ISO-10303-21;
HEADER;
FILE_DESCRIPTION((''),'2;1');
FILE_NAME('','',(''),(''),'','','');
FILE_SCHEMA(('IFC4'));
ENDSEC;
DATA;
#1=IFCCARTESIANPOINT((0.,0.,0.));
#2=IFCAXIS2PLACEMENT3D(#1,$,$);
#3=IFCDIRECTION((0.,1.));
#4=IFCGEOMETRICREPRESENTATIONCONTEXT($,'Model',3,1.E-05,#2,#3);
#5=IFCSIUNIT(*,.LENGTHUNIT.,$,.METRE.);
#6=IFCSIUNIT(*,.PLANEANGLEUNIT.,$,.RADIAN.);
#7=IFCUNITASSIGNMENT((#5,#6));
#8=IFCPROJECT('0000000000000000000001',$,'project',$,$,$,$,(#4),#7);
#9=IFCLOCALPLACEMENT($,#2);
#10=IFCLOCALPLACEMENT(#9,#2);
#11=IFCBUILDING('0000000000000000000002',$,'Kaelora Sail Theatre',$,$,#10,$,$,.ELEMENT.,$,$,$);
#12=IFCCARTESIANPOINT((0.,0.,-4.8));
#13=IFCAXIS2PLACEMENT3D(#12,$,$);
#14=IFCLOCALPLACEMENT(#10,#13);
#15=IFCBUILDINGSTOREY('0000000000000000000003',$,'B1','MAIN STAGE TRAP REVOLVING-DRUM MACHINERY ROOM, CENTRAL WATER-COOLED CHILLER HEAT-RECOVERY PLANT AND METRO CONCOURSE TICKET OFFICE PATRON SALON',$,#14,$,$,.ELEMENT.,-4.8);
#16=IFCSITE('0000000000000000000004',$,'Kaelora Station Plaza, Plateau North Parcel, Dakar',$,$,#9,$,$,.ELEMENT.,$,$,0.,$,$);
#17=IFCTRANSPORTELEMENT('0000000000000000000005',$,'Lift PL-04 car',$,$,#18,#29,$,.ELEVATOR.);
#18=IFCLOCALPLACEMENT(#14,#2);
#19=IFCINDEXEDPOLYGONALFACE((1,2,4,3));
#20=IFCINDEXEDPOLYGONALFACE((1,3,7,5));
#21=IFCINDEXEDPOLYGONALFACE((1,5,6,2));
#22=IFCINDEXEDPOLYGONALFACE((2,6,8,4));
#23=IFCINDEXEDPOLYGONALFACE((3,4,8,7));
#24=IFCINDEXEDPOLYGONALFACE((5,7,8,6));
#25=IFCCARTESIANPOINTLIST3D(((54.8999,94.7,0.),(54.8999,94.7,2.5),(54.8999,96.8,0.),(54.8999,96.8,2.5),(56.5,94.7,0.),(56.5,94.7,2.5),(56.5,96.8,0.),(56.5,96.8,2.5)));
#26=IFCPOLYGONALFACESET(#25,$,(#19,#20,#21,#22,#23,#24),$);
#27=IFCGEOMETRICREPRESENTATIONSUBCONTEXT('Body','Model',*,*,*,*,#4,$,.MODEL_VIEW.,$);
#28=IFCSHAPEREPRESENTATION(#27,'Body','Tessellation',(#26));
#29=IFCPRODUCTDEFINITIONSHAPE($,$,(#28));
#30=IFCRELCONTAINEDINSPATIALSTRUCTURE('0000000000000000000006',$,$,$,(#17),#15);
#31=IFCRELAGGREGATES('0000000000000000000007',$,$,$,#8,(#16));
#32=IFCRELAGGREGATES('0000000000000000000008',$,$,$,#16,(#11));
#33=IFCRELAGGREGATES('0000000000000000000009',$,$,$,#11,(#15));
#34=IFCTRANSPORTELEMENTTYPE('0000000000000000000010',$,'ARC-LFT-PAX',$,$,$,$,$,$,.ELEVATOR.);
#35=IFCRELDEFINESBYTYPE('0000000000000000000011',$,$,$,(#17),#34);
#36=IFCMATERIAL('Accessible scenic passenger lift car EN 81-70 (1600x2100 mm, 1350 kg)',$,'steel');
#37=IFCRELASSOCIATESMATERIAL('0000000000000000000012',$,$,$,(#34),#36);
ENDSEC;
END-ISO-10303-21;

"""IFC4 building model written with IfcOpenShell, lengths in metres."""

from ifc_helpers import new_model, si_unit, direction, frame, origin, origin_2d, place, context, subcontext, project, spatial, rectangle, extrude, material, type_object, element, save


model = new_model("IFC4")

# Units and contexts
model_context = context("Model", 3, precision=1e-05, world=origin(), true_north=direction((0.0, 1.0)))
body_context = subcontext(model_context, "Body", "Model", "MODEL_VIEW")
ifc_project = project(units=[si_unit("LENGTHUNIT", "METRE"), si_unit("PLANEANGLEUNIT", "RADIAN")], contexts=[model_context])

# Site, building, storey
site_placement = place(None, origin())
site = spatial("IfcSite", under=ifc_project, at=site_placement, Name="Kaelora Station Plaza, Plateau North Parcel, Dakar", CompositionType="ELEMENT", RefElevation=0.0)
building_placement = place(site_placement, origin())
building = spatial("IfcBuilding", under=site, at=building_placement, Name="Kaelora Sail Theatre", CompositionType="ELEMENT")
storey_placement = place(building_placement, frame((0.0, 0.0, -4.8)))
storey = spatial("IfcBuildingStorey", under=building, at=storey_placement, Name="B1", Description="MAIN STAGE TRAP REVOLVING-DRUM MACHINERY ROOM, CENTRAL WATER-COOLED CHILLER HEAT-RECOVERY PLANT AND METRO CONCOURSE TICKET OFFICE PATRON SALON", CompositionType="ELEMENT", Elevation=-4.8)

# Transport element
ifc_material_1 = material(Name="Accessible scenic passenger lift car EN 81-70 (1600x2100 mm, 1350 kg)", Category="steel")
transport_element_type = type_object("IfcTransportElementType", Name="ARC-LFT-PAX", PredefinedType="ELEVATOR", material=ifc_material_1)
for number, where, z_axis, x_axis, name in (
    (1, (55.7, 95.75, 0.0), (0.0, 0.0, 1.0), (1.0, 0.0, 0.0), "Lift PL-04 car"),
):
    element("IfcTransportElement", number, at=place(storey_placement, frame(where, z_axis=z_axis, x_axis=x_axis)), inside=storey, type_object=transport_element_type, Name=name, PredefinedType="ELEVATOR", context=body_context, shape_type="SweptSolid", body=[
        extrude(rectangle(XDim=1.6001, YDim=2.1001, at=origin_2d()), origin(), (0.0, 0.0, 1.0), 2.5),
    ])

save(model, "model.ifc")
